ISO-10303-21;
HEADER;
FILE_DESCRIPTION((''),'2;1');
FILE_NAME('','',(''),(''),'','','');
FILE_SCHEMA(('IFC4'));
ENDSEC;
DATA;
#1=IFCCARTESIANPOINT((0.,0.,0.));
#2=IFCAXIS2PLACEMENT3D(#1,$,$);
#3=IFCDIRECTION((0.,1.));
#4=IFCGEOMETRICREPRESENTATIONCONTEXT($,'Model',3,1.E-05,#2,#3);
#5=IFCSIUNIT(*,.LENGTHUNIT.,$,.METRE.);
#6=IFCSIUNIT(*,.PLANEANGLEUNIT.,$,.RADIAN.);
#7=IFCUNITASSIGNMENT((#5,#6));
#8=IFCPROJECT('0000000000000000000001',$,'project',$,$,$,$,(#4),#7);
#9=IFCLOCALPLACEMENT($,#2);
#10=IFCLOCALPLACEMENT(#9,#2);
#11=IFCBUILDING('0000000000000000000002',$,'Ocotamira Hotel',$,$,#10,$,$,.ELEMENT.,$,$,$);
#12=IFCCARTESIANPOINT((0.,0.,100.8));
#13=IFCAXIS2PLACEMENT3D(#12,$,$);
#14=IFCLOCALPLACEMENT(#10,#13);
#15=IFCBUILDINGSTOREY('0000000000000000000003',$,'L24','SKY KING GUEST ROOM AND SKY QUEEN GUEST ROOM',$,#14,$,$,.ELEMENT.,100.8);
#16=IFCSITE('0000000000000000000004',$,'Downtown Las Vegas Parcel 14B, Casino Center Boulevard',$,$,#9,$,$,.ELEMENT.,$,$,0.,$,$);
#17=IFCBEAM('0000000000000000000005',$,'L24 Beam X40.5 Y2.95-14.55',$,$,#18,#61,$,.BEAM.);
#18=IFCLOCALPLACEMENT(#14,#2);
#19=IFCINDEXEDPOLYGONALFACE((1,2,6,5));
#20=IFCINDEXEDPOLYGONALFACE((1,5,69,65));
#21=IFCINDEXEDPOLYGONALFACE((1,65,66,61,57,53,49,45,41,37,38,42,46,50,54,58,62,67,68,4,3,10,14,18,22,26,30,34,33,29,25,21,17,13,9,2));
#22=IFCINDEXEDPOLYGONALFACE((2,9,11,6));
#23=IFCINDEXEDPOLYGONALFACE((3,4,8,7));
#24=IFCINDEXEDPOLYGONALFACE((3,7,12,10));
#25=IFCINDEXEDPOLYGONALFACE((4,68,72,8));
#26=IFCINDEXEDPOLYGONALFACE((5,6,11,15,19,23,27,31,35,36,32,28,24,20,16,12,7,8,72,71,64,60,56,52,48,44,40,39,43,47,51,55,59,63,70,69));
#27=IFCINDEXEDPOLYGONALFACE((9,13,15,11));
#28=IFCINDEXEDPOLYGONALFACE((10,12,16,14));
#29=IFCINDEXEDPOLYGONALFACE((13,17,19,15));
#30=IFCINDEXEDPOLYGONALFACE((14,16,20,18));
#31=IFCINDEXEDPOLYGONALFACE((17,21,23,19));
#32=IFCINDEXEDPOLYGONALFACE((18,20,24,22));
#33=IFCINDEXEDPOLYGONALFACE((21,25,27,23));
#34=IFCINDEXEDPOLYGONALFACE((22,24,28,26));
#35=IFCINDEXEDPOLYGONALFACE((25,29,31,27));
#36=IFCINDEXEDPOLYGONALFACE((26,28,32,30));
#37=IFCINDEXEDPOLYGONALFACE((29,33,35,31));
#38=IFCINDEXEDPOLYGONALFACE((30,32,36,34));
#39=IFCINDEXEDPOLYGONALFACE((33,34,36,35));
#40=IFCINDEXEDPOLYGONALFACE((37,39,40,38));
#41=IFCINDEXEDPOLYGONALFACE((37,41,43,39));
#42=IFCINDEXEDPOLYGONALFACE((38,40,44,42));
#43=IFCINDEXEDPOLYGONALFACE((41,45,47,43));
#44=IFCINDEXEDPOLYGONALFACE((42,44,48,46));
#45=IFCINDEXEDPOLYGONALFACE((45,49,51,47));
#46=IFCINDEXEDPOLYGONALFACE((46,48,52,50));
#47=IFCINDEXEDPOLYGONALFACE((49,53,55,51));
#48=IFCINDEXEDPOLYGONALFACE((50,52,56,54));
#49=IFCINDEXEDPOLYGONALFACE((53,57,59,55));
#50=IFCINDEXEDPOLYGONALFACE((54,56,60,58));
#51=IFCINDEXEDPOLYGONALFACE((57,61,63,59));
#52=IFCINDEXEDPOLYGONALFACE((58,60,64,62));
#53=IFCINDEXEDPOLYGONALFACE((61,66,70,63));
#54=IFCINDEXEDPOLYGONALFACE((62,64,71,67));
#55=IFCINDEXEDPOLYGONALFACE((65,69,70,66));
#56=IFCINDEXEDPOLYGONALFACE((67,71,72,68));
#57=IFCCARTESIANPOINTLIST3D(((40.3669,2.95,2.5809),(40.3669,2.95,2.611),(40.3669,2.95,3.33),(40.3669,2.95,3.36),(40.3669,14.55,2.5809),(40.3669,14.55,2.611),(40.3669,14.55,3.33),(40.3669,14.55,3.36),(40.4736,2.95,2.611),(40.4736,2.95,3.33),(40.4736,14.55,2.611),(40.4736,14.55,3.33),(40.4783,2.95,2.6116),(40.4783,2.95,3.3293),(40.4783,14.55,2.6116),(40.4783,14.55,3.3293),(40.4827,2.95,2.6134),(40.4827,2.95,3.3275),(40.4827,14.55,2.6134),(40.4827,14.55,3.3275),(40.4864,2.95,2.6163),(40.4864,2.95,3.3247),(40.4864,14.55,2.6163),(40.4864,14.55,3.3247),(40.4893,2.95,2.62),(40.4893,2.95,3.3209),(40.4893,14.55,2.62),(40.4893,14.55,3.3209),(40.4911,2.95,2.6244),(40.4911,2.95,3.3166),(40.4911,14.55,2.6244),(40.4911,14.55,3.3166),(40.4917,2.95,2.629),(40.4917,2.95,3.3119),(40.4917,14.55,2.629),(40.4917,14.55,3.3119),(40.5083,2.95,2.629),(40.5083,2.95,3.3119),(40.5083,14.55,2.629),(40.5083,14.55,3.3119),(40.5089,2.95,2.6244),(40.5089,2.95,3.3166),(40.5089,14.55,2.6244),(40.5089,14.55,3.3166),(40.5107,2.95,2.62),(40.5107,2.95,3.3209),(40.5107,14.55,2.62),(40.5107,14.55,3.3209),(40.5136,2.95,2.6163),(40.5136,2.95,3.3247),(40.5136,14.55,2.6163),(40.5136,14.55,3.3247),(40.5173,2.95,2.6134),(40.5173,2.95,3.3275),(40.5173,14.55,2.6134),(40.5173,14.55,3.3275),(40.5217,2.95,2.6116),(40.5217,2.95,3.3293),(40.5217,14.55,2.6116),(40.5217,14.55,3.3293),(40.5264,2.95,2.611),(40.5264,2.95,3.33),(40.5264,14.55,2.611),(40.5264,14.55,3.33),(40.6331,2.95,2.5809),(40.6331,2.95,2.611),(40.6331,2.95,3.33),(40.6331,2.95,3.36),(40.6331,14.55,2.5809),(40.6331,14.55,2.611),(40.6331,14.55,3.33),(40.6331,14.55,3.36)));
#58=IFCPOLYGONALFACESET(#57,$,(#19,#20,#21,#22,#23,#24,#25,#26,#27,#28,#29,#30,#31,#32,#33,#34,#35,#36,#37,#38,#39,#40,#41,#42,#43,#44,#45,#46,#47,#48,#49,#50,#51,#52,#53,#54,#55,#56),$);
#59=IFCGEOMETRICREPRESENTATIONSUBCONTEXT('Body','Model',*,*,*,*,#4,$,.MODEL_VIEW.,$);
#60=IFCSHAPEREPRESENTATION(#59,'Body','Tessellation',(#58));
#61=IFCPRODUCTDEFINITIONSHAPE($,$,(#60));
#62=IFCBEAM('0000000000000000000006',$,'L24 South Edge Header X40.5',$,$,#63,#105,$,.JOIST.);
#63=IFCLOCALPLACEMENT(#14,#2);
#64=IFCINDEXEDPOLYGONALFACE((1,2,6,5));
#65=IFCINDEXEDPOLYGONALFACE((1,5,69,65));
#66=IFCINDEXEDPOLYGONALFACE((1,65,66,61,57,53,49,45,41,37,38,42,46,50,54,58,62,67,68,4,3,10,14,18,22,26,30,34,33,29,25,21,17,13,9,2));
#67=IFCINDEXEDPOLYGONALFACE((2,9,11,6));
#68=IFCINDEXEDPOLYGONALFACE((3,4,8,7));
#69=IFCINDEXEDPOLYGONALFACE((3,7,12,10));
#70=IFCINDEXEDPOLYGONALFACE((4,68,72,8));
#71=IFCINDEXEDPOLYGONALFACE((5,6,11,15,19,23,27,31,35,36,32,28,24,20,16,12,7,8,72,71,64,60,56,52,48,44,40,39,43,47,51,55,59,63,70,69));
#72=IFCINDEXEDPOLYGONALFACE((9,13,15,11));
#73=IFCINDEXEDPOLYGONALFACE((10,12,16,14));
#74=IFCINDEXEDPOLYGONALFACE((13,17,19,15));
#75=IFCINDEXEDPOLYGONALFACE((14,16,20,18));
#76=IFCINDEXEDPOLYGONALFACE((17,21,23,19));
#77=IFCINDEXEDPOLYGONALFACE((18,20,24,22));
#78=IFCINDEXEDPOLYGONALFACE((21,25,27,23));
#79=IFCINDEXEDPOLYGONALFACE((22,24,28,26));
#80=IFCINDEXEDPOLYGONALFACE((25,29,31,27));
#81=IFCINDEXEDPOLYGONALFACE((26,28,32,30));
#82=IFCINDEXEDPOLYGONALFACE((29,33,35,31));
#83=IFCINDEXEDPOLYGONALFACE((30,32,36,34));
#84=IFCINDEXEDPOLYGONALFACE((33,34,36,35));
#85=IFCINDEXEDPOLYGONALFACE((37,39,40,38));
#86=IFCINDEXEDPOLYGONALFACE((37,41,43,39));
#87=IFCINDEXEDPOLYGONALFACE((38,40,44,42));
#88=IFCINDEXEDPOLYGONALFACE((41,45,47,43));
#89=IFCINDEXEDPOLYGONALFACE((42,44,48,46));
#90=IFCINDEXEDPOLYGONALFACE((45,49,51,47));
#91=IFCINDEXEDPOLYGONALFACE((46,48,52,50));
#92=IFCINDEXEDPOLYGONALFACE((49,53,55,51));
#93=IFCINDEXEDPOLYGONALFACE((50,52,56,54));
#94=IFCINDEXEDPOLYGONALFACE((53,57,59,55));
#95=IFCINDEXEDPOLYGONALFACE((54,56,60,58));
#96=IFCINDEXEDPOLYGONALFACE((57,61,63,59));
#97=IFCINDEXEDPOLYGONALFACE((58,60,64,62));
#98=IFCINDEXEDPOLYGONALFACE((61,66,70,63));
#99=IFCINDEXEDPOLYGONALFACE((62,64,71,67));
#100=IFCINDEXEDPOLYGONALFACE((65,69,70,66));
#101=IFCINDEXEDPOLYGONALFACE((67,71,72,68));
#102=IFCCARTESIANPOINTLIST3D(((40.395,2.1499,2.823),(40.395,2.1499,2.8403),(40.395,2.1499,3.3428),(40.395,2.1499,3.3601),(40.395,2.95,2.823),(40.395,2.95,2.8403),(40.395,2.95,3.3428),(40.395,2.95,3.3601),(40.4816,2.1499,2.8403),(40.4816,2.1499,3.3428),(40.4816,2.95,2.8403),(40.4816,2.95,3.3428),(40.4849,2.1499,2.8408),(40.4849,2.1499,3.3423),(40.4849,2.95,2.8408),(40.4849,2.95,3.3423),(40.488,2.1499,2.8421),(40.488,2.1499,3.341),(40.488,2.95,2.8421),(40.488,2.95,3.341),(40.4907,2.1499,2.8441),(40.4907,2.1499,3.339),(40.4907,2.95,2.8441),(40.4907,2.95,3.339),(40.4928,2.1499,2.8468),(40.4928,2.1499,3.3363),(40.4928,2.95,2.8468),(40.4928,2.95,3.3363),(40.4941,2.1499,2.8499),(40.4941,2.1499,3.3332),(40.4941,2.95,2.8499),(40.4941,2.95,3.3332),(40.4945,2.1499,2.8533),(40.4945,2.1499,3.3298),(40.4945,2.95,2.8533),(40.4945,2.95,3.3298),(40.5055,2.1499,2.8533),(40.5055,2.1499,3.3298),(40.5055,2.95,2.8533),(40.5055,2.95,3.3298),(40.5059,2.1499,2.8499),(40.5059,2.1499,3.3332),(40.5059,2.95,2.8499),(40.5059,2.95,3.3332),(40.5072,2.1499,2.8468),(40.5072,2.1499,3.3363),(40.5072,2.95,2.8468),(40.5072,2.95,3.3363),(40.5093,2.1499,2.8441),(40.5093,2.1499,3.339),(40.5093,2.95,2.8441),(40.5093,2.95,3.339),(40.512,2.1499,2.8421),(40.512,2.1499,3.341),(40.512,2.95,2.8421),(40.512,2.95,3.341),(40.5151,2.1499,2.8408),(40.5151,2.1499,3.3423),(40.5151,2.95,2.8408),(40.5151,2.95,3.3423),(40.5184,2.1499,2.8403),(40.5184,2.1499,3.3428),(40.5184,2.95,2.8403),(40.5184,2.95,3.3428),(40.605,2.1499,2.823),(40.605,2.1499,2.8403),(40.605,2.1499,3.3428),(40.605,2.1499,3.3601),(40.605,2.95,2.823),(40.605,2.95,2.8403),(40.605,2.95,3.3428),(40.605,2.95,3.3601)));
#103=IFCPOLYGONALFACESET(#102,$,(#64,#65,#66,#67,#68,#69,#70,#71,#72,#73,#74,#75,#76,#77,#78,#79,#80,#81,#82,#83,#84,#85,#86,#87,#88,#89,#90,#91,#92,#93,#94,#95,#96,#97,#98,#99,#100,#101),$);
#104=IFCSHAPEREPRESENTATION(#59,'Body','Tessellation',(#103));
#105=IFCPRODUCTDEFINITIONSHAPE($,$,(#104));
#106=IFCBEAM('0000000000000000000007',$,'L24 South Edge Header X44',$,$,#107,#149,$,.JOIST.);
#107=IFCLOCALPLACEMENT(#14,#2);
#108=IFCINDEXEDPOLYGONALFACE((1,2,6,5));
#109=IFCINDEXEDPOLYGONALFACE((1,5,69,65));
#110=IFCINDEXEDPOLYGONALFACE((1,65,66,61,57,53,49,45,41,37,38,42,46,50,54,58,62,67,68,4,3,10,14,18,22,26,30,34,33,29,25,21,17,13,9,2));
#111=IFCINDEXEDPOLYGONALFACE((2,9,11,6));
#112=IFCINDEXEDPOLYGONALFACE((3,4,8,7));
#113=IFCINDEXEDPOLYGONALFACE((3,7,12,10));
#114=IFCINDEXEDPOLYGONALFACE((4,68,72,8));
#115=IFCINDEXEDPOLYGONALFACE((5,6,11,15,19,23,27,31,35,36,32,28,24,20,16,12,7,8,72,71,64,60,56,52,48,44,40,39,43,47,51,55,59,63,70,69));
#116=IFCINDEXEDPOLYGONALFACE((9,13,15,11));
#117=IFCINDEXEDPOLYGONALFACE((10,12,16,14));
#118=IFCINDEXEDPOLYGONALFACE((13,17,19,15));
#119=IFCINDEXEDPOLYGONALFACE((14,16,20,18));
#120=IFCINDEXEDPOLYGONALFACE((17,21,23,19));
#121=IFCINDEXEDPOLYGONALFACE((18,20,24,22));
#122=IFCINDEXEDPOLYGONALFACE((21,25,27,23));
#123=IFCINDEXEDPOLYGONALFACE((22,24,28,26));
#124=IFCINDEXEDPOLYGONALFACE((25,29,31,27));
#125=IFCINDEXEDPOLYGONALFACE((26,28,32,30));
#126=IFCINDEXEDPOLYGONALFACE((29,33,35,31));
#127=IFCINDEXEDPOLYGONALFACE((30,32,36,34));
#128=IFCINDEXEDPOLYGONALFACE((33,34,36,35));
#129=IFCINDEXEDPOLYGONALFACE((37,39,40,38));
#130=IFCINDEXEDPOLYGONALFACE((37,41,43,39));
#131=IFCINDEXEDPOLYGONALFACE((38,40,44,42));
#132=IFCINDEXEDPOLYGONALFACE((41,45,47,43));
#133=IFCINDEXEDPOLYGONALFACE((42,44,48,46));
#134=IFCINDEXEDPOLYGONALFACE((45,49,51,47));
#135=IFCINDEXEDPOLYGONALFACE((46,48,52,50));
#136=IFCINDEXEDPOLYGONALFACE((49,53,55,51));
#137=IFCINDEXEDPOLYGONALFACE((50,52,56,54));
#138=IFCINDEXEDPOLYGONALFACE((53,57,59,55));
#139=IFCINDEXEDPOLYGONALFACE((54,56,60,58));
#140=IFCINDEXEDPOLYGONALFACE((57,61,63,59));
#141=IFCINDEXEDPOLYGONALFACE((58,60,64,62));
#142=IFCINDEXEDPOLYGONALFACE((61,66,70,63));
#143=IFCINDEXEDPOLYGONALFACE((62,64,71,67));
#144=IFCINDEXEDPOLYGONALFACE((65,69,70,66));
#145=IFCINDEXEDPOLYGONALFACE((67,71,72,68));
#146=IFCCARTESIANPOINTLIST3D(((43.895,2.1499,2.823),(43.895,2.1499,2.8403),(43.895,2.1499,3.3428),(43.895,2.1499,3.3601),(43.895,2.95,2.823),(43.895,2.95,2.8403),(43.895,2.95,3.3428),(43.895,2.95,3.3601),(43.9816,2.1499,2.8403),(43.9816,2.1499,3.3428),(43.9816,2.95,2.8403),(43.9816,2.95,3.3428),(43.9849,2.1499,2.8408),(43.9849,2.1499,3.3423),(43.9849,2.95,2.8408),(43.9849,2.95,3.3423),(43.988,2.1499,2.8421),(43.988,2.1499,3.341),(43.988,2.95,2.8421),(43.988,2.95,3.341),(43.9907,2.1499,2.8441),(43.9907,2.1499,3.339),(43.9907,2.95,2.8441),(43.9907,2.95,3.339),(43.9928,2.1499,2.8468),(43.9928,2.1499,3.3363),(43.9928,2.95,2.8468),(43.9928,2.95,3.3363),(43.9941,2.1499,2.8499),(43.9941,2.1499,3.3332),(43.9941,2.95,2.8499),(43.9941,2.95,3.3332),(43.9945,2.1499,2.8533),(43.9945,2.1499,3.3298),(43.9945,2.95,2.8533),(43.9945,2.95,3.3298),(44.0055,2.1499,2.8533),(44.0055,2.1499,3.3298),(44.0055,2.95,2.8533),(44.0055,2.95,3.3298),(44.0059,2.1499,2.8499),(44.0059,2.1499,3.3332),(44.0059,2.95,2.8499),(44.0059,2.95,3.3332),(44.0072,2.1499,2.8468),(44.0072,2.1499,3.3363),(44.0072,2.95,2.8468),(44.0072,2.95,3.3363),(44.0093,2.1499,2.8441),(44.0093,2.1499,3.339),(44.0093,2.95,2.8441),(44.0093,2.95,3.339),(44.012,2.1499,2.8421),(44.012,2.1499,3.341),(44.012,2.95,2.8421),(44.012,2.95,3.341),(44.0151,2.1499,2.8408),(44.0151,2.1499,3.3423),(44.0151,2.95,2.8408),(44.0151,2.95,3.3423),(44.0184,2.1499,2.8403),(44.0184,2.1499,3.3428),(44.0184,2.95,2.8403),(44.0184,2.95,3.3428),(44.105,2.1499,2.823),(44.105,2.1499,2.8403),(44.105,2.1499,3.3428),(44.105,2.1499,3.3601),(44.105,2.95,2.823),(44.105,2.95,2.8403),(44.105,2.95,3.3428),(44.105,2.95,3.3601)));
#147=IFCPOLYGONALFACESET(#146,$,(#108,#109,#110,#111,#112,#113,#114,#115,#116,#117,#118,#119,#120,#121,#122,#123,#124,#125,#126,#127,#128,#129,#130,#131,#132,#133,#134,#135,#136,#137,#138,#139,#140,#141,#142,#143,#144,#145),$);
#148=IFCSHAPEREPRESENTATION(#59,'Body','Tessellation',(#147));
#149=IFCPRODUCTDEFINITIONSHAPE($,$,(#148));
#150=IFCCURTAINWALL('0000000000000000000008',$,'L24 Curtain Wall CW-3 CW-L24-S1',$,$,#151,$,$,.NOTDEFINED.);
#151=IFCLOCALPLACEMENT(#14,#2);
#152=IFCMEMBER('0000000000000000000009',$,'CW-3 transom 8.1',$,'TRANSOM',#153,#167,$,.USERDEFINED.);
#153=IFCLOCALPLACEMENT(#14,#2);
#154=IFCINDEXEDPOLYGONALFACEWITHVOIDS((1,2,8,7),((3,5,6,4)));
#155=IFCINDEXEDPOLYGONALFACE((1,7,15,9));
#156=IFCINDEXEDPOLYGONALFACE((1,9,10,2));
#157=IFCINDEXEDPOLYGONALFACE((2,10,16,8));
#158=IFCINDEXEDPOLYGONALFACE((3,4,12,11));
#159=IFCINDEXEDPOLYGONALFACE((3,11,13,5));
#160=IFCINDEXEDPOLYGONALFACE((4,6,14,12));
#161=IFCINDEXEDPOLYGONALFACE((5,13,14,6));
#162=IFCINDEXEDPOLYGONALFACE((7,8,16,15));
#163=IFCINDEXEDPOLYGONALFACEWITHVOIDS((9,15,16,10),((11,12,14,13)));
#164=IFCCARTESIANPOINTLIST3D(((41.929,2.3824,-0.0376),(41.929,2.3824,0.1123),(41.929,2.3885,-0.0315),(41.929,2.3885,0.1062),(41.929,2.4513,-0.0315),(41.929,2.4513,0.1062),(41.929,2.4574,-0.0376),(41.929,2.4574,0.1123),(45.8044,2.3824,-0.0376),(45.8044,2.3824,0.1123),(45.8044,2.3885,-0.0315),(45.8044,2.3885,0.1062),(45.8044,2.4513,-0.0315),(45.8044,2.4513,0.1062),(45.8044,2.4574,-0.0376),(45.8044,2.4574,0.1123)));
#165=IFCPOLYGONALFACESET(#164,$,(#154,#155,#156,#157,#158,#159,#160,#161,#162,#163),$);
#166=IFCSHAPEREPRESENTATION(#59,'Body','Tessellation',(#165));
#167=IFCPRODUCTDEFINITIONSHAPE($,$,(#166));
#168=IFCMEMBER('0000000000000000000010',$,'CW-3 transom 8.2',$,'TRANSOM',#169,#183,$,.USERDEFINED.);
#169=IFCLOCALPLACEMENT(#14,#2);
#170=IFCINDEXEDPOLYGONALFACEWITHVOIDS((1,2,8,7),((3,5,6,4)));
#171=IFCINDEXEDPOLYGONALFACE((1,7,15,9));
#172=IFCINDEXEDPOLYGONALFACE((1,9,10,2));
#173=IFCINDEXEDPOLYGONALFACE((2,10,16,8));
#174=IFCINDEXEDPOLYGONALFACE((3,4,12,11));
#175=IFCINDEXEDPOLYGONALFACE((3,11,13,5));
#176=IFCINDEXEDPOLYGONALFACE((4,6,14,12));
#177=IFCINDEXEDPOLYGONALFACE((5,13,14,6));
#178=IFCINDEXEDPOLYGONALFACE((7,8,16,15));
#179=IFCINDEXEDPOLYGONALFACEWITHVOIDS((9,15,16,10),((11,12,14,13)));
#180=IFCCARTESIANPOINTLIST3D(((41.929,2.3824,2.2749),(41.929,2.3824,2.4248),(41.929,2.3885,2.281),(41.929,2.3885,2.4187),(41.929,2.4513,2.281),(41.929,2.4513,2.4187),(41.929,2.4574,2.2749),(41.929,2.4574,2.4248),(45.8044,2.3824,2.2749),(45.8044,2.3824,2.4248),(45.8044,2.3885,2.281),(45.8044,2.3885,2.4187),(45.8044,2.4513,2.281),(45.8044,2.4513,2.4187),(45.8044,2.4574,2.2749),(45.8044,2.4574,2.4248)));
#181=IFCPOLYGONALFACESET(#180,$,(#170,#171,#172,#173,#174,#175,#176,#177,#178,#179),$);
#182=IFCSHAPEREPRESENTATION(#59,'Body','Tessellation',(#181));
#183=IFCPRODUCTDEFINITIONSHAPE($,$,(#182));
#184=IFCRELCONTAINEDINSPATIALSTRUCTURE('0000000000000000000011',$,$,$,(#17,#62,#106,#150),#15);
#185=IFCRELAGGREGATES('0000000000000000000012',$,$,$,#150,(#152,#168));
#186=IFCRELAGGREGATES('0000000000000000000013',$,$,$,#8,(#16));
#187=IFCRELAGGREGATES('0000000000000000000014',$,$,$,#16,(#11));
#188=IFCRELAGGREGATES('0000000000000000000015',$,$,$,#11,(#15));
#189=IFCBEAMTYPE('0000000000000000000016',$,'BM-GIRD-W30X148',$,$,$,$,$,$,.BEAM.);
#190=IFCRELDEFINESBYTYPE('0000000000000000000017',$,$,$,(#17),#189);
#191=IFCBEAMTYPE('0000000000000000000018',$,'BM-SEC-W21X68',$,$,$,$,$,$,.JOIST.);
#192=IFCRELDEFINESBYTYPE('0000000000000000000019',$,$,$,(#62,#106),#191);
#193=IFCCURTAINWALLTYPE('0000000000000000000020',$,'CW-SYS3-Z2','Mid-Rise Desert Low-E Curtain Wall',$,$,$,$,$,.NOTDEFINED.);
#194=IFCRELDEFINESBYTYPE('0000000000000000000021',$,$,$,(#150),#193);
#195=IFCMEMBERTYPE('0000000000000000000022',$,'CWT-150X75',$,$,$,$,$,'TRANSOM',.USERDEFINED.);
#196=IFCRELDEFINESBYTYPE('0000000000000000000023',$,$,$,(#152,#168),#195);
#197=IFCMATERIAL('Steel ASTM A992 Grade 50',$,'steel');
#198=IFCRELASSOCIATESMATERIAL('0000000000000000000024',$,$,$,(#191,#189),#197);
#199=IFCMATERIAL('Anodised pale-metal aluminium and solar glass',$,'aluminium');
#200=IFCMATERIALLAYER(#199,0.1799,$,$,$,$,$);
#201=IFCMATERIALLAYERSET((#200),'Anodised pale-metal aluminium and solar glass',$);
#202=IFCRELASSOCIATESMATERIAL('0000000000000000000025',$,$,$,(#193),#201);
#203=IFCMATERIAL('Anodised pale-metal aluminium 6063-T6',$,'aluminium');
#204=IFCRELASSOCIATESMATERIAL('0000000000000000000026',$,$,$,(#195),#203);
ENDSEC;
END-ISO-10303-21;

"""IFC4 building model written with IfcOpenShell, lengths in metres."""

from ifc_helpers import new_model, si_unit, direction, frame, origin, origin_2d, place, context, subcontext, project, spatial, hollow_rectangle, i_section, extrude, source, transform, mapped, material, layer, layer_set, material_profile, profile_set, type_object, element, aggregate, save


model = new_model("IFC4")

# Units and contexts
model_context = context("Model", 3, precision=1e-05, world=origin(), true_north=direction((0.0, 1.0)))
body_context = subcontext(model_context, "Body", "Model", "MODEL_VIEW")
ifc_project = project(units=[si_unit("LENGTHUNIT", "METRE"), si_unit("PLANEANGLEUNIT", "RADIAN")], contexts=[model_context])

# Site, building, storey
site_placement = place(None, origin())
site = spatial("IfcSite", under=ifc_project, at=site_placement, Name="Downtown Las Vegas Parcel 14B, Casino Center Boulevard", CompositionType="ELEMENT", RefElevation=0.0)
building_placement = place(site_placement, origin())
building = spatial("IfcBuilding", under=site, at=building_placement, Name="Ocotamira Hotel", CompositionType="ELEMENT")
storey_placement = place(building_placement, frame((0.0, 0.0, 100.8)))
storey = spatial("IfcBuildingStorey", under=building, at=storey_placement, Name="L24", Description="SKY KING GUEST ROOM AND SKY QUEEN GUEST ROOM", CompositionType="ELEMENT", Elevation=100.8)

# Beams
ifc_material_1 = material(Name="Steel ASTM A992 Grade 50", Category="steel")
ifc_material_profile_1 = material_profile(ifc_material_1, i_section(OverallWidth=0.21, OverallDepth=0.5371, WebThickness=0.011, FlangeThickness=0.0173, FilletRadius=0.0129, at=origin_2d()), Name="W21X68")
ifc_profile_set_1 = profile_set([ifc_material_profile_1], Name="Steel ASTM A992 Grade 50")
beam_type_1 = type_object("IfcBeamType", Name="BM-SEC-W21X68", PredefinedType="JOIST", material=ifc_profile_set_1)
ifc_material_profile_2 = material_profile(ifc_material_1, i_section(OverallWidth=0.2661, OverallDepth=0.7791, WebThickness=0.0166, FlangeThickness=0.03, FilletRadius=0.0181, at=origin_2d()), Name="W30X148")
ifc_profile_set_2 = profile_set([ifc_material_profile_2], Name="Steel ASTM A992 Grade 50")
beam_type_2 = type_object("IfcBeamType", Name="BM-GIRD-W30X148", PredefinedType="BEAM", material=ifc_profile_set_2)
shared_shape_1 = source(origin(), body_context, "Body", "SweptSolid", [
    extrude(i_section(OverallWidth=0.2661, OverallDepth=0.7791, WebThickness=0.0166, FlangeThickness=0.03, FilletRadius=0.0181, at=origin_2d()), origin(), (0.0, 0.0, 1.0), 11.6001),
])
beam_1_placement = place(storey_placement, frame((40.5, 2.95, 2.9705), z_axis=(0.0, 1.0, 0.0), x_axis=(-1.0, 0.0, 0.0)))
element("IfcBeam", 1, at=beam_1_placement, inside=storey, type_object=beam_type_2, Name="L24 Beam X40.5 Y2.95-14.55", PredefinedType="BEAM", context=body_context, shape_type="MappedRepresentation", body=[
    mapped(shared_shape_1, transform((0.0, 0.0, 0.0), scale=1.0)),
])
shared_shape_2 = source(origin(), body_context, "Body", "SweptSolid", [
    extrude(i_section(OverallWidth=0.21, OverallDepth=0.5371, WebThickness=0.011, FlangeThickness=0.0173, FilletRadius=0.0129, at=origin_2d()), origin(), (0.0, 0.0, 1.0), 0.8),
])
for number, where, z_axis, x_axis, name in (
    (2, (40.5, 2.95, 3.0916), (0.0, -1.0, 0.0), (1.0, 0.0, 0.0), "L24 South Edge Header X40.5"),
    (3, (44.0, 2.95, 3.0916), (0.0, -1.0, 0.0), (1.0, 0.0, 0.0), "L24 South Edge Header X44"),
):
    element("IfcBeam", number, at=place(storey_placement, frame(where, z_axis=z_axis, x_axis=x_axis)), inside=storey, type_object=beam_type_1, Name=name, PredefinedType="JOIST", context=body_context, shape_type="MappedRepresentation", body=[
        mapped(shared_shape_2, transform((0.0, 0.0, 0.0), scale=1.0)),
    ])

# Curtain wall, members
ifc_material_2 = material(Name="Anodised pale-metal aluminium and solar glass", Category="aluminium")
ifc_layer_1 = layer(ifc_material_2, 0.1799)
ifc_layer_set_1 = layer_set([ifc_layer_1], Name="Anodised pale-metal aluminium and solar glass")
curtain_wall_type = type_object("IfcCurtainWallType", Name="CW-SYS3-Z2", Description="Mid-Rise Desert Low-E Curtain Wall", PredefinedType="NOTDEFINED", material=ifc_layer_set_1)
curtain_wall_placement = place(storey_placement, origin())
curtain_wall = element("IfcCurtainWall", 4, at=curtain_wall_placement, inside=storey, type_object=curtain_wall_type, Name="L24 Curtain Wall CW-3 CW-L24-S1", PredefinedType="NOTDEFINED")
ifc_material_3 = material(Name="Anodised pale-metal aluminium 6063-T6", Category="aluminium")
ifc_material_profile_3 = material_profile(ifc_material_3, hollow_rectangle(XDim=0.075, YDim=0.1499, WallThickness=0.0061, at=origin_2d()), Name="HSS150X75X6")
ifc_profile_set_3 = profile_set([ifc_material_profile_3], Name="Anodised pale-metal aluminium 6063-T6")
member_type = type_object("IfcMemberType", Name="CWT-150X75", ElementType="TRANSOM", PredefinedType="USERDEFINED", material=ifc_profile_set_3)
shared_shape_3 = source(origin(), body_context, "Body", "SweptSolid", [
    extrude(hollow_rectangle(XDim=0.075, YDim=0.1499, WallThickness=0.0061, at=origin_2d()), origin(), (0.0, 0.0, 1.0), 3.8755),
])
member_1_placement = place(storey_placement, frame((41.929, 2.4199, 0.0374), z_axis=(1.0, 0.0, 0.0), x_axis=(0.0, 1.0, 0.0)))
member_1 = element("IfcMember", 5, at=member_1_placement, type_object=member_type, Name="CW-3 transom 8.1", ObjectType="TRANSOM", PredefinedType="USERDEFINED", context=body_context, shape_type="MappedRepresentation", body=[
    mapped(shared_shape_3, transform((0.0, 0.0, 0.0), scale=1.0)),
])
member_2_placement = place(storey_placement, frame((41.929, 2.4199, 2.3499), z_axis=(1.0, 0.0, 0.0), x_axis=(0.0, 1.0, 0.0)))
member_2 = element("IfcMember", 6, at=member_2_placement, type_object=member_type, Name="CW-3 transom 8.2", ObjectType="TRANSOM", PredefinedType="USERDEFINED", context=body_context, shape_type="MappedRepresentation", body=[
    mapped(shared_shape_3, transform((0.0, 0.0, 0.0), scale=1.0)),
])
aggregate(curtain_wall, [member_1, member_2])

save(model, "model.ifc")
